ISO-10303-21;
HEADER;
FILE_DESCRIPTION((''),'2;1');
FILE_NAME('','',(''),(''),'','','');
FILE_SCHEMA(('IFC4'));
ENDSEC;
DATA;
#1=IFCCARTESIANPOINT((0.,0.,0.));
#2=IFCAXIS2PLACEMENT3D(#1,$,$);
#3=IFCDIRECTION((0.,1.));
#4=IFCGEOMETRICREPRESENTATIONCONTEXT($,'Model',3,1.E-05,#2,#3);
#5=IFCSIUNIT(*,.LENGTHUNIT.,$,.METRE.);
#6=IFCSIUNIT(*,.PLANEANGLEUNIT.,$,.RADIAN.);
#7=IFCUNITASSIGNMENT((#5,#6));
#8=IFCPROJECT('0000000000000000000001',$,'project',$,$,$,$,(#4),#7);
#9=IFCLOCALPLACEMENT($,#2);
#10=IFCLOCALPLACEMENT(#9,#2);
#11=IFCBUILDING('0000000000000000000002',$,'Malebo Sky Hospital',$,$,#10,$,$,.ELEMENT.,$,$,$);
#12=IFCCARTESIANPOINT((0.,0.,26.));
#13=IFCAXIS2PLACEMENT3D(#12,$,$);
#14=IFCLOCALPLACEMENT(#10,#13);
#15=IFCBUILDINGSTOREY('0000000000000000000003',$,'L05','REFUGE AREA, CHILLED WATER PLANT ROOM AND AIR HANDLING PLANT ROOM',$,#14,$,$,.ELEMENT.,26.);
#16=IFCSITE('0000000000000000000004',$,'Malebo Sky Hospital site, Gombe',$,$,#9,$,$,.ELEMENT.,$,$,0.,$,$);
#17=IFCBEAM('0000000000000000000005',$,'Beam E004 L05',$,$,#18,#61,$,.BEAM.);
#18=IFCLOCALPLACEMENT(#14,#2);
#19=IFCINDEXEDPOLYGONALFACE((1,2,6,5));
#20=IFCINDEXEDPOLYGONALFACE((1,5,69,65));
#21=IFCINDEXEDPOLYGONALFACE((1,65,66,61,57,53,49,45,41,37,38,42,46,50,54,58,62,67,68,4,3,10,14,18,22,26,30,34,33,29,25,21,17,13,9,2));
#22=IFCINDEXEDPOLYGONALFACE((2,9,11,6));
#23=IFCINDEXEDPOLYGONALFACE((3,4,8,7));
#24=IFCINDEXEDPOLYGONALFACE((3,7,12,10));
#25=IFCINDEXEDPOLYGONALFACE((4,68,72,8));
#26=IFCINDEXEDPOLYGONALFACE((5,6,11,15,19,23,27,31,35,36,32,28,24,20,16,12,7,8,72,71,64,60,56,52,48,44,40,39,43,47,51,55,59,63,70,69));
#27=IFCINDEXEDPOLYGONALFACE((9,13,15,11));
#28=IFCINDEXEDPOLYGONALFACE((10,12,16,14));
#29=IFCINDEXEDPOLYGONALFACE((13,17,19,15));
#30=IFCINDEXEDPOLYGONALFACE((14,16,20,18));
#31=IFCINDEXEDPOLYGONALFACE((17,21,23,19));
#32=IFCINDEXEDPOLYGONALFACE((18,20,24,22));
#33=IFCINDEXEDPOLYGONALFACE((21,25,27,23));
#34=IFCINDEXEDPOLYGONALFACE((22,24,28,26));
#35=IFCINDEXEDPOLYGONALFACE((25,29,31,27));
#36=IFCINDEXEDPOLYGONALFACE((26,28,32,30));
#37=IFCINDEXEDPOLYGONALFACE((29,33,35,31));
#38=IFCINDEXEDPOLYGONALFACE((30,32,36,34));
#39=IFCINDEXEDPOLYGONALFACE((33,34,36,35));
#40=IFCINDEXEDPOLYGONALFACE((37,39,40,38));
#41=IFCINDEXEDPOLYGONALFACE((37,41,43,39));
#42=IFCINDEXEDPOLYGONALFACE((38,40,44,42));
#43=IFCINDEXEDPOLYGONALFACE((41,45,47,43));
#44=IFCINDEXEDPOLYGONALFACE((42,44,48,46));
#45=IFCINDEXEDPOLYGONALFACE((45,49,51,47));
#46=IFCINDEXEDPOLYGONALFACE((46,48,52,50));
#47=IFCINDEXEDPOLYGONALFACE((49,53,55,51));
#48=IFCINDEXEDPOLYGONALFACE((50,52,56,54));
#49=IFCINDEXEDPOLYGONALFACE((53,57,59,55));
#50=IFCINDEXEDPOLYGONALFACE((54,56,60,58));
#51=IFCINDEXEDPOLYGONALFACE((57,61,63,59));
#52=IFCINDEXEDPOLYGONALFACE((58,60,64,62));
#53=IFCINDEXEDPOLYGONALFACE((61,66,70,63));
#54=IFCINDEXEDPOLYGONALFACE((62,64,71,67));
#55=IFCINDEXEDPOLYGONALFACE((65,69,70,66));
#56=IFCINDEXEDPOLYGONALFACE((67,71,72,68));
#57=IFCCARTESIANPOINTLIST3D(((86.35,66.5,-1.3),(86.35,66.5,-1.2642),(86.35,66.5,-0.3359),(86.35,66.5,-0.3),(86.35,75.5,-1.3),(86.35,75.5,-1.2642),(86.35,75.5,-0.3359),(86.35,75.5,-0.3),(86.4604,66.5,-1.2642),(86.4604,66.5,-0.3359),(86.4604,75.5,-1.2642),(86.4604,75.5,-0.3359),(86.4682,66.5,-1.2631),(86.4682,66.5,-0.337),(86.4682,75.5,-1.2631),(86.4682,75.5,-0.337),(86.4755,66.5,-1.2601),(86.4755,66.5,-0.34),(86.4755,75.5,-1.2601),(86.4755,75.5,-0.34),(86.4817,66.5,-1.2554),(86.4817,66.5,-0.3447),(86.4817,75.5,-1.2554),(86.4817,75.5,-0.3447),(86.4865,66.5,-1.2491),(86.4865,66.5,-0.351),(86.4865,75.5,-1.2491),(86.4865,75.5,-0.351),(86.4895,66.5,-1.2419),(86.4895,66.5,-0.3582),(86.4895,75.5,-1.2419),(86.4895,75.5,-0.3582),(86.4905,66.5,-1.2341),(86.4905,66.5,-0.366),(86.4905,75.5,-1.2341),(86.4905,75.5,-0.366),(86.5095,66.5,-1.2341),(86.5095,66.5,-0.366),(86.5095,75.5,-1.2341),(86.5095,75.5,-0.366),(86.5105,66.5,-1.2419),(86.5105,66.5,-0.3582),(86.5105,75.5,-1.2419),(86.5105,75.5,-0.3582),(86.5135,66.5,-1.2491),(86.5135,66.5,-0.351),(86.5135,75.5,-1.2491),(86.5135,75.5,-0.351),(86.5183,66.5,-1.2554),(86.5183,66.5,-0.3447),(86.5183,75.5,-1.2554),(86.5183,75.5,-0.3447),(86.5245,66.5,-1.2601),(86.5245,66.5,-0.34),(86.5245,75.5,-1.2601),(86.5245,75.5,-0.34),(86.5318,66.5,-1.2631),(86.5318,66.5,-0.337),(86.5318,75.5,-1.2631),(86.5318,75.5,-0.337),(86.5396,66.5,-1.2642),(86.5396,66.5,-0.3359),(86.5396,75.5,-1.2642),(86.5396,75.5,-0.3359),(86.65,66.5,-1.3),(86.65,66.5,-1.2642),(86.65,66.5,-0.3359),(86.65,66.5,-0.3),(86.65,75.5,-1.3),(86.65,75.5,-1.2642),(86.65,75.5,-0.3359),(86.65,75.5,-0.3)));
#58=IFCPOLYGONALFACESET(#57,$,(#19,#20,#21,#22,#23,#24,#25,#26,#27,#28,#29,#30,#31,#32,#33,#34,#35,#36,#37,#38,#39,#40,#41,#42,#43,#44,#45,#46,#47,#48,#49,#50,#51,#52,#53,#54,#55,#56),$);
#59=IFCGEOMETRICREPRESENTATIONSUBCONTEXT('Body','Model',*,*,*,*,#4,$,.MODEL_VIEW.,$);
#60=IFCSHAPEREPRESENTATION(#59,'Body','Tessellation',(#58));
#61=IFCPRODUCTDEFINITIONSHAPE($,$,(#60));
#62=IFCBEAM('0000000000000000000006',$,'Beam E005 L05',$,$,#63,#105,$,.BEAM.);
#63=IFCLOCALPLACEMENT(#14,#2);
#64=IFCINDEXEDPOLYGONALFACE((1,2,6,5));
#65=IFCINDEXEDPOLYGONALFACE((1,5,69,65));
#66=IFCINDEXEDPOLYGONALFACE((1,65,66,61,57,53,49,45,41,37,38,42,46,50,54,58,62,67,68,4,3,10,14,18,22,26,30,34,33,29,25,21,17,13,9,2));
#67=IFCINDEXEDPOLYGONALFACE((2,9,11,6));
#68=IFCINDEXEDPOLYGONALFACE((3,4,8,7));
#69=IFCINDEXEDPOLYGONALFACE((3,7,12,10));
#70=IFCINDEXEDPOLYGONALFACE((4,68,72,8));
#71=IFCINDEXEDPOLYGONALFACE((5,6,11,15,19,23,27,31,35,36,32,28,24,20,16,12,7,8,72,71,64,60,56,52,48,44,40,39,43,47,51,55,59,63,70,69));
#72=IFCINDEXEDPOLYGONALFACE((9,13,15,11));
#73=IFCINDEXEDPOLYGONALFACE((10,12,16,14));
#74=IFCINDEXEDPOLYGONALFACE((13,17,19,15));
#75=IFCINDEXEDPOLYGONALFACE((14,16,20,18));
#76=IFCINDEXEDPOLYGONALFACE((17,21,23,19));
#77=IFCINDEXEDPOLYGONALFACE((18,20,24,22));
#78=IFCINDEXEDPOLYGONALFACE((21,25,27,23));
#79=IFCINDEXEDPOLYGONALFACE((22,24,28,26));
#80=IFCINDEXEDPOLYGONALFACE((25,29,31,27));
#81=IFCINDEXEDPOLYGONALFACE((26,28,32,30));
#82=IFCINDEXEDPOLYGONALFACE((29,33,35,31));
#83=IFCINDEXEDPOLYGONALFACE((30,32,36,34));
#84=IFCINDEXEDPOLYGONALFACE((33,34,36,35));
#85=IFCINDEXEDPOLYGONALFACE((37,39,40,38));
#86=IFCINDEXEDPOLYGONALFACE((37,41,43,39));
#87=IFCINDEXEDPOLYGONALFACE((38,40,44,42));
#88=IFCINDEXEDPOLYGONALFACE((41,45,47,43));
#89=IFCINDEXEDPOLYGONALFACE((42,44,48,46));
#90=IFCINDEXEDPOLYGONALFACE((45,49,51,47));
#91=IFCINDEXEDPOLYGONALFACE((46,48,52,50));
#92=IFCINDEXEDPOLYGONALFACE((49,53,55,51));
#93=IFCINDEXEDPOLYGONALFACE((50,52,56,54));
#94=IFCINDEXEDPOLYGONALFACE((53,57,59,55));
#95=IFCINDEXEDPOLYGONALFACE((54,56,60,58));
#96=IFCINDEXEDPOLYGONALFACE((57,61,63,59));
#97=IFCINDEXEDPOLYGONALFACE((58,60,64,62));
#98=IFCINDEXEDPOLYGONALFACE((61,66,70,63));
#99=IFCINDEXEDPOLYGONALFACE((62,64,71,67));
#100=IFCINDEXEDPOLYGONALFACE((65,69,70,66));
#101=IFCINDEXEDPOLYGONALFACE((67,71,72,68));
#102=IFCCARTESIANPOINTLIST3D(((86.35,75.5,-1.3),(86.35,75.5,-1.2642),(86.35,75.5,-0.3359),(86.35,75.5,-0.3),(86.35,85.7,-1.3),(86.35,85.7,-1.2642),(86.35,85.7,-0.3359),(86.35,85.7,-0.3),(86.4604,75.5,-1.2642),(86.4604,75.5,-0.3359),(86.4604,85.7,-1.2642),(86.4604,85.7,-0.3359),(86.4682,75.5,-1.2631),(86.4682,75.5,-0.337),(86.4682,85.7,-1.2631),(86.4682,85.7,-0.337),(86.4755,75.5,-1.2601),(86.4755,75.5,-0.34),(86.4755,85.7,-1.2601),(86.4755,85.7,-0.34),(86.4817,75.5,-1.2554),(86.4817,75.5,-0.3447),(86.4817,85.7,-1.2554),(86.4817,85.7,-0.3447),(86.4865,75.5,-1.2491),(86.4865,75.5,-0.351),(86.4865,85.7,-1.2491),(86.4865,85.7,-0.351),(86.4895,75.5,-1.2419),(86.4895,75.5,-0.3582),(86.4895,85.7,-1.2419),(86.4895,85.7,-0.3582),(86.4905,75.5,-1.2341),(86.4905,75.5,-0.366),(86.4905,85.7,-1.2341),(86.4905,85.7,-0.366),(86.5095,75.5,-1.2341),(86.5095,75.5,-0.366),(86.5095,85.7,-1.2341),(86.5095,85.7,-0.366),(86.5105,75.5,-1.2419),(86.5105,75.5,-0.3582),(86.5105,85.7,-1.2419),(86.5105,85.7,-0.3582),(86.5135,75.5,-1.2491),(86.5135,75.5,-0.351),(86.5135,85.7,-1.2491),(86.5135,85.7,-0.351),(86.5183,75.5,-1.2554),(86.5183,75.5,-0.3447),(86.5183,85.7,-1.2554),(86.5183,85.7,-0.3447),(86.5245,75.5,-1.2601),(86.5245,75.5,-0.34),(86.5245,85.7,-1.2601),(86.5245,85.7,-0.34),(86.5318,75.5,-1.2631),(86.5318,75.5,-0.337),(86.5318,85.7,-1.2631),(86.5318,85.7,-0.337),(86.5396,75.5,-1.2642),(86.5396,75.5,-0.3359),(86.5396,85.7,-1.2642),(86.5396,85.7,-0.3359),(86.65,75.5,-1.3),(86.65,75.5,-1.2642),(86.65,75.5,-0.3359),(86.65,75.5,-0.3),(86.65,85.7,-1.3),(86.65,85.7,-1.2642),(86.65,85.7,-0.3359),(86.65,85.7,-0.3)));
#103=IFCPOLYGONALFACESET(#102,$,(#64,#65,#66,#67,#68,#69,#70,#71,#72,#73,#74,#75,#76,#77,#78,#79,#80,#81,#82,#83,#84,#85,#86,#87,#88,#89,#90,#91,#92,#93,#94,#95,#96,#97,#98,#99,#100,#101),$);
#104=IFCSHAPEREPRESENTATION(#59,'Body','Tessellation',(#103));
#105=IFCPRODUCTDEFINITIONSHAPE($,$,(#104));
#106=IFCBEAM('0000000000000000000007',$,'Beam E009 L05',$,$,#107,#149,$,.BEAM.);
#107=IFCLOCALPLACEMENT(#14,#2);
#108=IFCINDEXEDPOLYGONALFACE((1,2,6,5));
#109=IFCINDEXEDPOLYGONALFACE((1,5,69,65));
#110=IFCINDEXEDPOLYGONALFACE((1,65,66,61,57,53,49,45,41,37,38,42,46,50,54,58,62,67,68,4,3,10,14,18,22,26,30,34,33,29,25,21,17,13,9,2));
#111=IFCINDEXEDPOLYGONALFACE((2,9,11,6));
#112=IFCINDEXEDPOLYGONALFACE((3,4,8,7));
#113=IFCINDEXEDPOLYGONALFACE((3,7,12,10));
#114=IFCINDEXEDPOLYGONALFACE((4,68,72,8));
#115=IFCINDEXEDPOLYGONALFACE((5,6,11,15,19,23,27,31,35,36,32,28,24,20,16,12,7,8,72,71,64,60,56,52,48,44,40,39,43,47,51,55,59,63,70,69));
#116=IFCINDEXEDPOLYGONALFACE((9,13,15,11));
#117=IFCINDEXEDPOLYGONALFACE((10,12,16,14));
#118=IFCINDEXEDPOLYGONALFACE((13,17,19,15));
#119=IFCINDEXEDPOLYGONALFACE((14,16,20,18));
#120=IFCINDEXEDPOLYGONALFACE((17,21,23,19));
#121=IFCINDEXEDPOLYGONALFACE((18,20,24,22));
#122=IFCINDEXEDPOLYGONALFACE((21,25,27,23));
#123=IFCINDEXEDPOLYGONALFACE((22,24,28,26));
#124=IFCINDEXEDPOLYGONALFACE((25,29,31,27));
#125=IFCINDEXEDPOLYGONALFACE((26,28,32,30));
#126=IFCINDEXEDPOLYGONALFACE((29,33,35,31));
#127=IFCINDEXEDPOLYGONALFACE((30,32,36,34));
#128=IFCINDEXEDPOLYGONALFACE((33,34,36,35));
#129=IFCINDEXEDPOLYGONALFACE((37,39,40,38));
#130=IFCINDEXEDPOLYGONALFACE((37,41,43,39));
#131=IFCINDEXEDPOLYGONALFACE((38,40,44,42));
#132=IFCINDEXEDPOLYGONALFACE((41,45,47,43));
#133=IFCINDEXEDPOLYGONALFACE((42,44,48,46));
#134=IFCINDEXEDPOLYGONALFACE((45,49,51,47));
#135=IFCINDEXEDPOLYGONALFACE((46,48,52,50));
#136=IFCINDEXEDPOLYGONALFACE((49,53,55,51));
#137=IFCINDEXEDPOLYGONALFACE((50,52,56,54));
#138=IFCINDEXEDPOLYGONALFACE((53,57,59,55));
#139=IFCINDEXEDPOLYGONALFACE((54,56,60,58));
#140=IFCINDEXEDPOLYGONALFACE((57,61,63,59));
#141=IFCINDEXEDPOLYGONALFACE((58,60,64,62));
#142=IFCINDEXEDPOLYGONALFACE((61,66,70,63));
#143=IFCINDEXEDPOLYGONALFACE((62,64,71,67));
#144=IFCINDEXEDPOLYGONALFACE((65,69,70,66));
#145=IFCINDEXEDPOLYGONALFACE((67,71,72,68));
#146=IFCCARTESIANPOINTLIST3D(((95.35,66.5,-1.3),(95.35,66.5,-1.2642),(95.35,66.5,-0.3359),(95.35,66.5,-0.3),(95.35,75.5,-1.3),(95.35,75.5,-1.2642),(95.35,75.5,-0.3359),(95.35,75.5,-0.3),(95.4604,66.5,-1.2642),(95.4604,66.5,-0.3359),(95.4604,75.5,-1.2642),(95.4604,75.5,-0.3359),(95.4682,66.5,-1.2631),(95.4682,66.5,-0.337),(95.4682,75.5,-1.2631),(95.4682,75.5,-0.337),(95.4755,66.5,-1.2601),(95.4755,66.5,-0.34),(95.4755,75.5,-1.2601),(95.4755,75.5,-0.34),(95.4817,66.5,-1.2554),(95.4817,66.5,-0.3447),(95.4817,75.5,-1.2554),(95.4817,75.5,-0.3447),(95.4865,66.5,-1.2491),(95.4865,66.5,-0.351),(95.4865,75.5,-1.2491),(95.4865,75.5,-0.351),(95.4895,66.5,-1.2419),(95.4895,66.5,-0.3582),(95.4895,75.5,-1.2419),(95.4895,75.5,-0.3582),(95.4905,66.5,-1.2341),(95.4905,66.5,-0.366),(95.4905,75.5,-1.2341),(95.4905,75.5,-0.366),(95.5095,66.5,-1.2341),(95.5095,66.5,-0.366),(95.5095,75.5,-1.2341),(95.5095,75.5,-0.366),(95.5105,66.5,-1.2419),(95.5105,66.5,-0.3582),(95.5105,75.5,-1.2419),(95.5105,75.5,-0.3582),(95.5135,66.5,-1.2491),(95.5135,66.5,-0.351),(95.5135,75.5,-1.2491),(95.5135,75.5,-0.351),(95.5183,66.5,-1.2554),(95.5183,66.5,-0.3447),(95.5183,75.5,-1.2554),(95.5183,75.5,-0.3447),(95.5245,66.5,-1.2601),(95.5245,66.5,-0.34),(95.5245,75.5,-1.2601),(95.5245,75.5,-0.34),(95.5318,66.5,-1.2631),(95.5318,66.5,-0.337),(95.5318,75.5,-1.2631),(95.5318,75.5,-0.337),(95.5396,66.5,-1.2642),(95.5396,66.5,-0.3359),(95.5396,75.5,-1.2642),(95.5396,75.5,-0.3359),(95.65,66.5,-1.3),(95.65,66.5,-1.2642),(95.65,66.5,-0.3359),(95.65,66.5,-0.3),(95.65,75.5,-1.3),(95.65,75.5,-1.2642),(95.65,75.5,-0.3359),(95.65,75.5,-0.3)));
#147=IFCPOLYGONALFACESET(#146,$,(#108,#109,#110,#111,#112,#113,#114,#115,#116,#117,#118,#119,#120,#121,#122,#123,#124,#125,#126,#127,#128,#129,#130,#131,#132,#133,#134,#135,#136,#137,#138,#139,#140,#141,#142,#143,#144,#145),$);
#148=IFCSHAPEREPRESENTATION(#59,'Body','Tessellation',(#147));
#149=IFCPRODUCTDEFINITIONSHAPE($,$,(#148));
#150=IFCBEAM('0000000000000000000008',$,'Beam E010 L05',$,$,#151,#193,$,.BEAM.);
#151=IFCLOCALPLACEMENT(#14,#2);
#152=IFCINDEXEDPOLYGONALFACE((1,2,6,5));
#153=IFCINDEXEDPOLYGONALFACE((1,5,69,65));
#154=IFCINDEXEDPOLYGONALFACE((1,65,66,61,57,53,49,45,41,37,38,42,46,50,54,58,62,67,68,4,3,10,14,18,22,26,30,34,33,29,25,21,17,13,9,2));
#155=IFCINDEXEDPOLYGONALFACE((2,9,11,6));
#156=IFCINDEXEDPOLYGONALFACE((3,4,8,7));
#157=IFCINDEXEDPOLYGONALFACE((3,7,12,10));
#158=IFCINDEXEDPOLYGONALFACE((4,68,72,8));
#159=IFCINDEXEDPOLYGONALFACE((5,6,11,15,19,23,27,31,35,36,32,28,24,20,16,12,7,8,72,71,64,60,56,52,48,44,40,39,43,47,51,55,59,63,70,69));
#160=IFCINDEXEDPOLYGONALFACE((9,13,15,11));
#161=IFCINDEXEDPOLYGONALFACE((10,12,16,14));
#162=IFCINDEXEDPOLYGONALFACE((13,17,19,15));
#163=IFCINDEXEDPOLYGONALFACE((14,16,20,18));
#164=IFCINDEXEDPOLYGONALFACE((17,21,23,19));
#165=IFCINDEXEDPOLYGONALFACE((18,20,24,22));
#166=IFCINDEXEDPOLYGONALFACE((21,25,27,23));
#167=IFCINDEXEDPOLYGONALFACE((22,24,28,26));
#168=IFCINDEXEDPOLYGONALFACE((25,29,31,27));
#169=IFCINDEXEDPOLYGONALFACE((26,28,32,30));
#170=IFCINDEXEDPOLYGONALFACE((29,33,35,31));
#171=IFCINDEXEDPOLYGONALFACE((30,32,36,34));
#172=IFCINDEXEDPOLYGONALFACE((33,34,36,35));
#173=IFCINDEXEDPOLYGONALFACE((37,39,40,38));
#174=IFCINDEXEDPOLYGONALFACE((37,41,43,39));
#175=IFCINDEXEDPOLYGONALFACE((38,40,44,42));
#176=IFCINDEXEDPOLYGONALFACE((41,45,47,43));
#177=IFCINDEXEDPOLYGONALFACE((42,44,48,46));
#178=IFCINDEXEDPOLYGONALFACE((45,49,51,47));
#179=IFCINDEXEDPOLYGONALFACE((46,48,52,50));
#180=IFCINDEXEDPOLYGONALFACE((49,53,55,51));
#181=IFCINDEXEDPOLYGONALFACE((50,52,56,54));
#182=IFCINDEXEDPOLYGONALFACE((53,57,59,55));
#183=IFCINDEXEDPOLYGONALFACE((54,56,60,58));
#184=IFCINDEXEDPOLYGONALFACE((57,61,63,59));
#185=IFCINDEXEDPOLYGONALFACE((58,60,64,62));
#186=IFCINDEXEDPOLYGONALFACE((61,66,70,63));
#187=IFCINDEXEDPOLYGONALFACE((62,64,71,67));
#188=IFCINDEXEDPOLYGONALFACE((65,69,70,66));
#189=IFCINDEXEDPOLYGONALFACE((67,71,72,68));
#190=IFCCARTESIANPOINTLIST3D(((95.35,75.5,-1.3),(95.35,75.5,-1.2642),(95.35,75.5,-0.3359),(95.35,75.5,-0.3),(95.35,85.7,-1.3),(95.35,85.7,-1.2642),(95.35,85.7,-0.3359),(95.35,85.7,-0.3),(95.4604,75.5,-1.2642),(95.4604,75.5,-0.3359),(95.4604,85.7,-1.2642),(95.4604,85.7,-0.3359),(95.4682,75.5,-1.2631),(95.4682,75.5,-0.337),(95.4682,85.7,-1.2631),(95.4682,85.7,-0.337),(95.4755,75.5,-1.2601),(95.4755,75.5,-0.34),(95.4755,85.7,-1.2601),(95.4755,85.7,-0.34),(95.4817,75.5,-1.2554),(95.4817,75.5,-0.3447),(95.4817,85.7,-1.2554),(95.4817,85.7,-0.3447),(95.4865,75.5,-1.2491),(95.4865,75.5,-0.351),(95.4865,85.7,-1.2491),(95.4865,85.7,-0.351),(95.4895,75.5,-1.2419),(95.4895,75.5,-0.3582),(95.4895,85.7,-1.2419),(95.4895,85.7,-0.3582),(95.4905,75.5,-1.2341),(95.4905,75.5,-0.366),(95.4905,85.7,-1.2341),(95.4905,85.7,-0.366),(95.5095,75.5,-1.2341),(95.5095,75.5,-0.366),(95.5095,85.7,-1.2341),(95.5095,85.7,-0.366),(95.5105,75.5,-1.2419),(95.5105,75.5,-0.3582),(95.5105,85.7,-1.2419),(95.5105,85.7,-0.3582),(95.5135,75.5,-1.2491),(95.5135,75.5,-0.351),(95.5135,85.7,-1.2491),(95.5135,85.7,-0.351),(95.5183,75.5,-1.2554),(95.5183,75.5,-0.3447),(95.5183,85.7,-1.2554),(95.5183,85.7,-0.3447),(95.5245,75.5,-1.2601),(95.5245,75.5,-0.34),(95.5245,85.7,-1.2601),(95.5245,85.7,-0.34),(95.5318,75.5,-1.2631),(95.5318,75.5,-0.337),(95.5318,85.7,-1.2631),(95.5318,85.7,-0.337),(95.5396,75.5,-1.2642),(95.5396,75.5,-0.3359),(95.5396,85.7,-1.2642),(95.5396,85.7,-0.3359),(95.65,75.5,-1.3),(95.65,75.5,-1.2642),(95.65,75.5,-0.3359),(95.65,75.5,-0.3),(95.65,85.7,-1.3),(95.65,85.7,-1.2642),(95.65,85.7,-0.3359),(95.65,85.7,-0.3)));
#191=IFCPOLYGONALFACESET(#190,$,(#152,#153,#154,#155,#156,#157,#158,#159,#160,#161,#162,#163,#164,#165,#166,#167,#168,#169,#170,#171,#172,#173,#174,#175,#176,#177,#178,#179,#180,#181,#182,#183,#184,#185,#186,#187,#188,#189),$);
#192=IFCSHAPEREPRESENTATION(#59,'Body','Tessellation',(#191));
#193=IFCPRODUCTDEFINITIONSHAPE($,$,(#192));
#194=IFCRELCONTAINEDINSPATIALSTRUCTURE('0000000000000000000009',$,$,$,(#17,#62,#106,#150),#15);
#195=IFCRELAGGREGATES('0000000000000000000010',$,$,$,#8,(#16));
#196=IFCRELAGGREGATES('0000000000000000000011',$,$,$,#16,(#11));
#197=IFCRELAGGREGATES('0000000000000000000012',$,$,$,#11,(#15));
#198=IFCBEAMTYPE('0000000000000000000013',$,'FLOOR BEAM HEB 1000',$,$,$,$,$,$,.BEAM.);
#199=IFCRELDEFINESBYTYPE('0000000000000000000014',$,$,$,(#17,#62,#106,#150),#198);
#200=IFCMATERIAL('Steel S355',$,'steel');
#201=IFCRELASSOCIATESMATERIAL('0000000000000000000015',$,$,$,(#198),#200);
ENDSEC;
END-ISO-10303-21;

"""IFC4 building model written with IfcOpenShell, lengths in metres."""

from ifc_helpers import new_model, si_unit, direction, frame, origin, origin_2d, place, context, subcontext, project, spatial, i_section, extrude, material, material_profile, profile_set, type_object, element, save


model = new_model("IFC4")

# Units and contexts
model_context = context("Model", 3, precision=1e-05, world=origin(), true_north=direction((0.0, 1.0)))
body_context = subcontext(model_context, "Body", "Model", "MODEL_VIEW")
ifc_project = project(units=[si_unit("LENGTHUNIT", "METRE"), si_unit("PLANEANGLEUNIT", "RADIAN")], contexts=[model_context])

# Site, building, storey
site_placement = place(None, origin())
site = spatial("IfcSite", under=ifc_project, at=site_placement, Name="Malebo Sky Hospital site, Gombe", CompositionType="ELEMENT", RefElevation=0.0)
building_placement = place(site_placement, origin())
building = spatial("IfcBuilding", under=site, at=building_placement, Name="Malebo Sky Hospital", CompositionType="ELEMENT")
storey_placement = place(building_placement, frame((0.0, 0.0, 26.0)))
storey = spatial("IfcBuildingStorey", under=building, at=storey_placement, Name="L05", Description="REFUGE AREA, CHILLED WATER PLANT ROOM AND AIR HANDLING PLANT ROOM", CompositionType="ELEMENT", Elevation=26.0)

# Beams
ifc_material_1 = material(Name="Steel S355", Category="steel")
ifc_material_profile_1 = material_profile(ifc_material_1, i_section(OverallWidth=0.3, OverallDepth=1.0, WebThickness=0.019, FlangeThickness=0.0359, FilletRadius=0.03, at=origin_2d()), Name="HEB 1000")
ifc_profile_set_1 = profile_set([ifc_material_profile_1], Name="Steel S355")
beam_type_1 = type_object("IfcBeamType", Name="FLOOR BEAM HEB 1000", PredefinedType="BEAM", material=ifc_profile_set_1)
beam_1_placement = place(storey_placement, frame((86.5, 66.5, -0.8), z_axis=(0.0, 1.0, 0.0), x_axis=(-1.0, 0.0, 0.0)))
element("IfcBeam", 1, at=beam_1_placement, inside=storey, type_object=beam_type_1, Name="Beam E004 L05", PredefinedType="BEAM", context=body_context, shape_type="SweptSolid", body=[
    extrude(i_section(OverallWidth=0.3, OverallDepth=1.0, WebThickness=0.019, FlangeThickness=0.0359, FilletRadius=0.03, at=origin_2d()), origin(), (0.0, 0.0, 1.0), 9.0),
])
beam_2_placement = place(storey_placement, frame((86.5, 75.5, -0.8), z_axis=(0.0, 1.0, 0.0), x_axis=(-1.0, 0.0, 0.0)))
element("IfcBeam", 2, at=beam_2_placement, inside=storey, type_object=beam_type_1, Name="Beam E005 L05", PredefinedType="BEAM", context=body_context, shape_type="SweptSolid", body=[
    extrude(i_section(OverallWidth=0.3, OverallDepth=1.0, WebThickness=0.019, FlangeThickness=0.0359, FilletRadius=0.03, at=origin_2d()), origin(), (0.0, 0.0, 1.0), 10.2),
])
beam_3_placement = place(storey_placement, frame((95.5, 66.5, -0.8), z_axis=(0.0, 1.0, 0.0), x_axis=(-1.0, 0.0, 0.0)))
element("IfcBeam", 3, at=beam_3_placement, inside=storey, type_object=beam_type_1, Name="Beam E009 L05", PredefinedType="BEAM", context=body_context, shape_type="SweptSolid", body=[
    extrude(i_section(OverallWidth=0.3, OverallDepth=1.0, WebThickness=0.019, FlangeThickness=0.0359, FilletRadius=0.03, at=origin_2d()), origin(), (0.0, 0.0, 1.0), 9.0),
])
beam_4_placement = place(storey_placement, frame((95.5, 75.5, -0.8), z_axis=(0.0, 1.0, 0.0), x_axis=(-1.0, 0.0, 0.0)))
element("IfcBeam", 4, at=beam_4_placement, inside=storey, type_object=beam_type_1, Name="Beam E010 L05", PredefinedType="BEAM", context=body_context, shape_type="SweptSolid", body=[
    extrude(i_section(OverallWidth=0.3, OverallDepth=1.0, WebThickness=0.019, FlangeThickness=0.0359, FilletRadius=0.03, at=origin_2d()), origin(), (0.0, 0.0, 1.0), 10.2),
])

save(model, "model.ifc")
